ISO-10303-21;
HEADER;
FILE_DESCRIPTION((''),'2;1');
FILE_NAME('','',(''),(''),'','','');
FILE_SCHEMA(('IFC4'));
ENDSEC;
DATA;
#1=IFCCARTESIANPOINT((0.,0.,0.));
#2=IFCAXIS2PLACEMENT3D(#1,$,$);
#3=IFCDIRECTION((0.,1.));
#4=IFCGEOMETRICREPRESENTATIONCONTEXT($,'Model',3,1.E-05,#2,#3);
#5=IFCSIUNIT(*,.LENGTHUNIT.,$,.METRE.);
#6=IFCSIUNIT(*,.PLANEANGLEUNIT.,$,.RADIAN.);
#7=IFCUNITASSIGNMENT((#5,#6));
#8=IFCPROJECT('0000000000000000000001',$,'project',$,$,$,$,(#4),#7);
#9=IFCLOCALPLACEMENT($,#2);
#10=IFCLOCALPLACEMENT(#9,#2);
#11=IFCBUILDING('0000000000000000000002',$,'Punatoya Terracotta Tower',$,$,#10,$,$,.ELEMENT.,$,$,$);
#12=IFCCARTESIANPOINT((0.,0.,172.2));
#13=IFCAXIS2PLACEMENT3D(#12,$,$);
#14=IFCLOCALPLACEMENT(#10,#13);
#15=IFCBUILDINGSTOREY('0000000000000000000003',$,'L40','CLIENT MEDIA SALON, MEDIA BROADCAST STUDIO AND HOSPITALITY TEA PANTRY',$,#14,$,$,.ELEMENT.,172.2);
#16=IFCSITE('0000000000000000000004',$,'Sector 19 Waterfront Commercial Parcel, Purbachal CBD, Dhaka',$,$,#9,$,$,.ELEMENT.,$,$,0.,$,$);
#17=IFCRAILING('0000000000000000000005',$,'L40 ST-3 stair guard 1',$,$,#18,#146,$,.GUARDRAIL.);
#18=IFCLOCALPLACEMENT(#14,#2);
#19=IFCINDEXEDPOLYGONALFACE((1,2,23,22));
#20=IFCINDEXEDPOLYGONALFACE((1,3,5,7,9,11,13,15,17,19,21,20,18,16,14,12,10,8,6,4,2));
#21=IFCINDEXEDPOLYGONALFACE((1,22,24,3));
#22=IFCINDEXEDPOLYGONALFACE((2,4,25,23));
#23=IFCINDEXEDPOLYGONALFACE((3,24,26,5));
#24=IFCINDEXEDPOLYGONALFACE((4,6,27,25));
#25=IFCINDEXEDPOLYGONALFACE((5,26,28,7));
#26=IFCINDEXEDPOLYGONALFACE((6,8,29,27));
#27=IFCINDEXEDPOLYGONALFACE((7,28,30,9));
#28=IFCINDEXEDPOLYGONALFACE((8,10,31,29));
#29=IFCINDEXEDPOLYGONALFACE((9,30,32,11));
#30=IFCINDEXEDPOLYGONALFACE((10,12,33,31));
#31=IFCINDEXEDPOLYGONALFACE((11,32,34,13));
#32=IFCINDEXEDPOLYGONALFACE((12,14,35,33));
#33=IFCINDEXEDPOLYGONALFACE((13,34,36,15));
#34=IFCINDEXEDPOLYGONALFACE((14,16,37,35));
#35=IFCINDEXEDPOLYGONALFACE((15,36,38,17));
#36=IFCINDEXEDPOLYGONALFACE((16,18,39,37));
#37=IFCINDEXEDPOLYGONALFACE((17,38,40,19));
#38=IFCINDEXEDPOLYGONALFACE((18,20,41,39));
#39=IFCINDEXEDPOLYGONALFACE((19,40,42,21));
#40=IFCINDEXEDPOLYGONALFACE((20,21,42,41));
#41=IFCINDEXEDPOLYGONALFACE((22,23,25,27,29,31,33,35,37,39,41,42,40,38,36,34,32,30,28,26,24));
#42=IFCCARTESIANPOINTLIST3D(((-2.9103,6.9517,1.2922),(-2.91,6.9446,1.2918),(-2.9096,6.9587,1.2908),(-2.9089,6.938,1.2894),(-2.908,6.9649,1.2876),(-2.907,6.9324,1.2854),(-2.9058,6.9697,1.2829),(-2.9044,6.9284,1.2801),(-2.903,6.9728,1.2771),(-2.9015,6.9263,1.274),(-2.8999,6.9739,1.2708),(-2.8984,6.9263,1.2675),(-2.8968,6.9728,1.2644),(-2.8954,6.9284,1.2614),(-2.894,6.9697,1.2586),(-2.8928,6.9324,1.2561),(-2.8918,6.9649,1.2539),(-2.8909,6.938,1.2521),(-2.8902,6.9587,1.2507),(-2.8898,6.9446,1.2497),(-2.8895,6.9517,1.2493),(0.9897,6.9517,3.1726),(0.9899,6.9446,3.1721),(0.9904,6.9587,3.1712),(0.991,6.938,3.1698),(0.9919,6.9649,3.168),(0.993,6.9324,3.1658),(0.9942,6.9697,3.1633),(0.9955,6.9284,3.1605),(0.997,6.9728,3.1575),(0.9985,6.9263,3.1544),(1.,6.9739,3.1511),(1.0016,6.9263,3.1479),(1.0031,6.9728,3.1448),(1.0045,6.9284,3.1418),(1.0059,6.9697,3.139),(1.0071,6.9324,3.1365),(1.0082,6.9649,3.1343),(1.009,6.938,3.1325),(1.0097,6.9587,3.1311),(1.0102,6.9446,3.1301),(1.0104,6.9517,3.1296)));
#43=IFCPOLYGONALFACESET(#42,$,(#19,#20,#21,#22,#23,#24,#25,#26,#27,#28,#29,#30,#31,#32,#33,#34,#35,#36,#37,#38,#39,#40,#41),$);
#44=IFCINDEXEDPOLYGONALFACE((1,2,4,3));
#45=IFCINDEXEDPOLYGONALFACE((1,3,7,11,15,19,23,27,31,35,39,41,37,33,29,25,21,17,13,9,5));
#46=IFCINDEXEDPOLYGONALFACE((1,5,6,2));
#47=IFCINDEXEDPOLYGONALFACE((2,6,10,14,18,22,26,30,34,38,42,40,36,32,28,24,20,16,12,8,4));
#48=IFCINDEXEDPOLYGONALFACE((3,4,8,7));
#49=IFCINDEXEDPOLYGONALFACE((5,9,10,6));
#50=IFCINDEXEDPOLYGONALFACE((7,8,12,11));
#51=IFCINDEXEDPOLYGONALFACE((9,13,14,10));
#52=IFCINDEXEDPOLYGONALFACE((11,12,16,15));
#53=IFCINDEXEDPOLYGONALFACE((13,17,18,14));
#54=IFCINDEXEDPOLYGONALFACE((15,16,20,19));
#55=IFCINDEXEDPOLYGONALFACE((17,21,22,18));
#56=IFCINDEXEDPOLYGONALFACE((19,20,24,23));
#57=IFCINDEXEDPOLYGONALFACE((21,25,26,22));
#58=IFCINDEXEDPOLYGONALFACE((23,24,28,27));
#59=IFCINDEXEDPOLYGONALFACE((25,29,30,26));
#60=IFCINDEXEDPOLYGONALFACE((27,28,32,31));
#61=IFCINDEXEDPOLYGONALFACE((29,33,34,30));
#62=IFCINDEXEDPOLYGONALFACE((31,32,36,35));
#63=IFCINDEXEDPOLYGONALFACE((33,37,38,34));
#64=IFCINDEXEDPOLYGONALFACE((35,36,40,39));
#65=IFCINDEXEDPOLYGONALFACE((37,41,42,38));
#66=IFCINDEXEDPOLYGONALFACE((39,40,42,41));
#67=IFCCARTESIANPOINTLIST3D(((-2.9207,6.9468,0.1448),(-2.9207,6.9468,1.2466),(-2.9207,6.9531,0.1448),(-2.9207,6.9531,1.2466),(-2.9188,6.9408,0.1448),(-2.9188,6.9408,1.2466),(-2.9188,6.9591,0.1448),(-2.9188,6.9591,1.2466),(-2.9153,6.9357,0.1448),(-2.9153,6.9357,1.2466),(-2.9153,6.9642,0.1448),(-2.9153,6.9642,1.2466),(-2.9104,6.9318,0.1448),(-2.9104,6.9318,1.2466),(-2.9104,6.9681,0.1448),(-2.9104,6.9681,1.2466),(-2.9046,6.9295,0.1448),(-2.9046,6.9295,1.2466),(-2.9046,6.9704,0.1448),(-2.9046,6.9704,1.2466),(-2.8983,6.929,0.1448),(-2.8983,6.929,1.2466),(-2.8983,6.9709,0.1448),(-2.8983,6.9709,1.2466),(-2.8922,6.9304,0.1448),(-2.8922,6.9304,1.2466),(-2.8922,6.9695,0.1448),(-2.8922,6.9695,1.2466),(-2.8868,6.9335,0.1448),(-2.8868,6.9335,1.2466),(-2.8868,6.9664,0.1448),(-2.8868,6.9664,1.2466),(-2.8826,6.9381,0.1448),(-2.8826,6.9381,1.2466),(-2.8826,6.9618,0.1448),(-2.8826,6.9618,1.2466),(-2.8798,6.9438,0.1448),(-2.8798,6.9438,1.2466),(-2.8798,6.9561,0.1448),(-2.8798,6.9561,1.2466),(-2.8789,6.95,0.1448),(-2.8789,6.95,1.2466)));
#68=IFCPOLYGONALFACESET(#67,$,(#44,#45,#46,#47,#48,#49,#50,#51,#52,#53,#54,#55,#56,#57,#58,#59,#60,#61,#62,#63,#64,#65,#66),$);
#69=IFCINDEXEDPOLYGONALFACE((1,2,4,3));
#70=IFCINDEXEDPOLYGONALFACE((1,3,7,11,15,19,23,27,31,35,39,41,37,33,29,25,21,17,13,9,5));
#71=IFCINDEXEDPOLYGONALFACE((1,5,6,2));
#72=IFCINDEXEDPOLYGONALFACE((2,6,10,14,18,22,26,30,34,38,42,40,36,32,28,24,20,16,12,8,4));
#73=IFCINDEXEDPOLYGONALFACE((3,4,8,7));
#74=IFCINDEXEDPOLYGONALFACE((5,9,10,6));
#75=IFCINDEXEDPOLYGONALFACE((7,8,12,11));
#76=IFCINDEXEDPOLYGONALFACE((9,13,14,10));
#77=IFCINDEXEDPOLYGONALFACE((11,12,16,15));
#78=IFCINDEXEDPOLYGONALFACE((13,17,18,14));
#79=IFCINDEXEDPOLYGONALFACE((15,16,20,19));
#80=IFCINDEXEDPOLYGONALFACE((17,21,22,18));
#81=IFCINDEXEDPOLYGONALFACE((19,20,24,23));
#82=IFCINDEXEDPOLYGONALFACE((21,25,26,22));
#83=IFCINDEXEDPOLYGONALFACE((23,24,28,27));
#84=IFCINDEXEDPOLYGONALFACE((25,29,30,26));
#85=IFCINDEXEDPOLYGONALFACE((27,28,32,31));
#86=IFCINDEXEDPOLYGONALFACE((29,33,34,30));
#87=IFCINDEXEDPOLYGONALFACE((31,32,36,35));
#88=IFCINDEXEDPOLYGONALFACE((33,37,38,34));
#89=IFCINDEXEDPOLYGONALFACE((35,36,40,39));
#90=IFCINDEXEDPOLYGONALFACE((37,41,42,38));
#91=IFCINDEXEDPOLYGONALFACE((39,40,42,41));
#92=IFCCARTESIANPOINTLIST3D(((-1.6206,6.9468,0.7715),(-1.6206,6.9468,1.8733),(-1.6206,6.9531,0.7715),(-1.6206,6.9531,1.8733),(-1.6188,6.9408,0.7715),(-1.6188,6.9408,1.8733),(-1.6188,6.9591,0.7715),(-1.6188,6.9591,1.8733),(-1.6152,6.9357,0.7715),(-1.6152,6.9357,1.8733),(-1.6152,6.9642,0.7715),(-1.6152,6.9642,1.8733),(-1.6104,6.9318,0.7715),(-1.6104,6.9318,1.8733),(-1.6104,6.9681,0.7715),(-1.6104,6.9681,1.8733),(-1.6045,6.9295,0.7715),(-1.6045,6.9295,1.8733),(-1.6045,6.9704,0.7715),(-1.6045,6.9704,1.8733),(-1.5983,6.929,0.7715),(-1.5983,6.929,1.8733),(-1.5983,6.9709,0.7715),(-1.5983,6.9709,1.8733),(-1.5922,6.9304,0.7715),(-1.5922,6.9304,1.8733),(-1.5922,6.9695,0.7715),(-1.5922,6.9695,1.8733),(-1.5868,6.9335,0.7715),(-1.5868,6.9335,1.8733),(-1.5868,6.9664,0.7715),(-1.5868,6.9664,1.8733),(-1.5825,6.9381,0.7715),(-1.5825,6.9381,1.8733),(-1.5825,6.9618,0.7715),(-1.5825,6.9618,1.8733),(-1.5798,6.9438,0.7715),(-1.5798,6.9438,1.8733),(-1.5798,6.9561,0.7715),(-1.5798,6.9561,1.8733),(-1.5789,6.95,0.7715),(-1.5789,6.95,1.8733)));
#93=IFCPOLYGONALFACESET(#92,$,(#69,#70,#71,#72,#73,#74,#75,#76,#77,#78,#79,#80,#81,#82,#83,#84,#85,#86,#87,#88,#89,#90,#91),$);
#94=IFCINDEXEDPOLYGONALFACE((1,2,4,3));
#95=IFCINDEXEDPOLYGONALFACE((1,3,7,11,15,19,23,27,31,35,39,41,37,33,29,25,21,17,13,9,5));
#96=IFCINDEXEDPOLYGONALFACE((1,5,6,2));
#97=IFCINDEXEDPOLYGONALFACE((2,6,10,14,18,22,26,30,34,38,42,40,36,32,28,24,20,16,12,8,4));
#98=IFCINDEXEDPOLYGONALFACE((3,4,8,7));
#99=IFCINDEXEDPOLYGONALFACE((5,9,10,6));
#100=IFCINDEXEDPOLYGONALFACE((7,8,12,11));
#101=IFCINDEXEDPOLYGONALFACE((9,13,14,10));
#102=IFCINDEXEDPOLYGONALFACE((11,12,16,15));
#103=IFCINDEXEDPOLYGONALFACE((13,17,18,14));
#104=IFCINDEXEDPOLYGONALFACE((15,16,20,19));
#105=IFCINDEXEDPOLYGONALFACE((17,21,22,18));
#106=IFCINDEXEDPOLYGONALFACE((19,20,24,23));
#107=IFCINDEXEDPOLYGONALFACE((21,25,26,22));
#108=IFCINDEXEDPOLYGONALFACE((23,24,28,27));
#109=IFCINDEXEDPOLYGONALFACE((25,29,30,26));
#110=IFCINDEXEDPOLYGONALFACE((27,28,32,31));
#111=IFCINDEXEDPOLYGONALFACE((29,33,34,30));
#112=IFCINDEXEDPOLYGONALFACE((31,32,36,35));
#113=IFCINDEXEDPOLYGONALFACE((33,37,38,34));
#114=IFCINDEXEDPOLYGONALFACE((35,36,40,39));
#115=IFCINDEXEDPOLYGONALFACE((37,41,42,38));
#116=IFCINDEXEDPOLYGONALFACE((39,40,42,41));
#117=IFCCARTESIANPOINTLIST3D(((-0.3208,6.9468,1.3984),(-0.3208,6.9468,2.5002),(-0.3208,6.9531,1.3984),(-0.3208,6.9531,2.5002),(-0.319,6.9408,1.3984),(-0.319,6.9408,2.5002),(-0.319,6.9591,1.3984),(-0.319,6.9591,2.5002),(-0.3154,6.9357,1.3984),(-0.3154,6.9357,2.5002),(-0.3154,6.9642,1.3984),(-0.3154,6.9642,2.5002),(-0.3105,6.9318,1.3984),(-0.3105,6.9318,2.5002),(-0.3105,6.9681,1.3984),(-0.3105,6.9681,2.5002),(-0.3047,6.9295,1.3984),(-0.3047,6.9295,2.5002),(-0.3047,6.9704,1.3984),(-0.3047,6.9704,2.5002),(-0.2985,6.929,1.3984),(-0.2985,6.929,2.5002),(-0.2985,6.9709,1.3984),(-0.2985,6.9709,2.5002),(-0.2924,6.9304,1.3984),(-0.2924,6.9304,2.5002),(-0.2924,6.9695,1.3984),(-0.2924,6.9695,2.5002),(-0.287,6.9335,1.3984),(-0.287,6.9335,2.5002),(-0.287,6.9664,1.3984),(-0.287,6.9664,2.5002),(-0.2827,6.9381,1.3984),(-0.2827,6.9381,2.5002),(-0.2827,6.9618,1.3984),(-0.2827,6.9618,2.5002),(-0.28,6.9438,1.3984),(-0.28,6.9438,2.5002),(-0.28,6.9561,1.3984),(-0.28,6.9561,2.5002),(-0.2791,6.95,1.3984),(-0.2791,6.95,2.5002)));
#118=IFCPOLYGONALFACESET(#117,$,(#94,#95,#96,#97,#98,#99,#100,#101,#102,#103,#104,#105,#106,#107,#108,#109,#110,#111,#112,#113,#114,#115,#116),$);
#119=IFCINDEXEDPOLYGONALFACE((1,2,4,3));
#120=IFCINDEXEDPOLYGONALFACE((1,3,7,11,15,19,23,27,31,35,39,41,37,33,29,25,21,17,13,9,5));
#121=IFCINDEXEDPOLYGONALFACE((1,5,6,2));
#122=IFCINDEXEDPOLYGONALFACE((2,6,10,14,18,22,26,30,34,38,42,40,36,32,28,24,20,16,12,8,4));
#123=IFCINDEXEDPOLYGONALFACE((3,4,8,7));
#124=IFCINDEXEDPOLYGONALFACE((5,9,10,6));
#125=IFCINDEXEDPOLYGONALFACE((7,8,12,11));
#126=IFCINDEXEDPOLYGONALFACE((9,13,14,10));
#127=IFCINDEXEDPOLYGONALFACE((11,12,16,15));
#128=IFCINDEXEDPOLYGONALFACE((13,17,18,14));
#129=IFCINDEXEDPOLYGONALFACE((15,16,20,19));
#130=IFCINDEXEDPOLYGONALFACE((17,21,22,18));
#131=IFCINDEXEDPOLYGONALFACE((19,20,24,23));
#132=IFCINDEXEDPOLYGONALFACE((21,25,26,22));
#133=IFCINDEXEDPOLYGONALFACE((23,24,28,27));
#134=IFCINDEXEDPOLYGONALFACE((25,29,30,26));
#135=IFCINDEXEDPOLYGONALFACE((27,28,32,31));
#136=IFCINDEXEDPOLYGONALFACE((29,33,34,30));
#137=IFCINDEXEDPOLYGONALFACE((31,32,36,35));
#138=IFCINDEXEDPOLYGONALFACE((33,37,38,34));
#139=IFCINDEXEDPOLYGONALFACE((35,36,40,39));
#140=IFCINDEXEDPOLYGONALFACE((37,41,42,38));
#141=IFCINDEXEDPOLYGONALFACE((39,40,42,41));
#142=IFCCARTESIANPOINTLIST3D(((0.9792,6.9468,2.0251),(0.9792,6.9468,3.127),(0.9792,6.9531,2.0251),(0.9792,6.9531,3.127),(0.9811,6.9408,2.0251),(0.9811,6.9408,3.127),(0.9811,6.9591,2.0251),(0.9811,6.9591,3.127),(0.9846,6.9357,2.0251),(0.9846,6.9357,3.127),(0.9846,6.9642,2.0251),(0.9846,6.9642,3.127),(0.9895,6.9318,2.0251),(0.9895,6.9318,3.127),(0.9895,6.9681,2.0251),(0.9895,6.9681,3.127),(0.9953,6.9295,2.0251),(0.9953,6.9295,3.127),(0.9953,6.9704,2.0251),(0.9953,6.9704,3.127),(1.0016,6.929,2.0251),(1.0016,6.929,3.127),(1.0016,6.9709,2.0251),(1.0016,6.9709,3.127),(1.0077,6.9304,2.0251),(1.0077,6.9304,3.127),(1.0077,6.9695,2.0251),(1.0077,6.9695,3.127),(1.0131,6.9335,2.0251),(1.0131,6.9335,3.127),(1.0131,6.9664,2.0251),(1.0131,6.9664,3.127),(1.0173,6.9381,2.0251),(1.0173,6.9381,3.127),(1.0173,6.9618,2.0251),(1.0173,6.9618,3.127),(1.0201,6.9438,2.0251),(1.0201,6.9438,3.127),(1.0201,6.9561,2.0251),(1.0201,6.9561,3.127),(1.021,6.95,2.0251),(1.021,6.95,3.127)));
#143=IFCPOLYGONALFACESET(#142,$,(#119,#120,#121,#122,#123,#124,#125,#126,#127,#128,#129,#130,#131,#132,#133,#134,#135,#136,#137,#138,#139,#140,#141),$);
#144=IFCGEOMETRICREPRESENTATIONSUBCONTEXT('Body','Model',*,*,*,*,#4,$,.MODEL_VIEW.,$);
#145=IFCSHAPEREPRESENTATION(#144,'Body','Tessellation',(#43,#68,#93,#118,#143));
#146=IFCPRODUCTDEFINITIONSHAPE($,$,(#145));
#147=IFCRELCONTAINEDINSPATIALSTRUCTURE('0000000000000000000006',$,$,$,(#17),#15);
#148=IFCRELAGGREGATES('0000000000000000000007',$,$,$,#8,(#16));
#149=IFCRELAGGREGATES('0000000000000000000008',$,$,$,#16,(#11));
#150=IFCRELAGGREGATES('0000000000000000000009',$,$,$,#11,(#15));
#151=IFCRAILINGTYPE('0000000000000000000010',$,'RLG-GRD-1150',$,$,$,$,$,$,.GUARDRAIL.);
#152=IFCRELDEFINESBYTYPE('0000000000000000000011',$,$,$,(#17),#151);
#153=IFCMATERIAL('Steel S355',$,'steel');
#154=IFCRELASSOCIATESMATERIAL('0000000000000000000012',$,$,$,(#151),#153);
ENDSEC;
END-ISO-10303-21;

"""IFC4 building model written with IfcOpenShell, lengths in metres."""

from ifc_helpers import new_model, si_unit, direction, frame, origin, origin_2d, place, context, subcontext, project, spatial, circle, extrude, material, type_object, element, save


model = new_model("IFC4")

# Units and contexts
model_context = context("Model", 3, precision=1e-05, world=origin(), true_north=direction((0.0, 1.0)))
body_context = subcontext(model_context, "Body", "Model", "MODEL_VIEW")
ifc_project = project(units=[si_unit("LENGTHUNIT", "METRE"), si_unit("PLANEANGLEUNIT", "RADIAN")], contexts=[model_context])

# Site, building, storey
site_placement = place(None, origin())
site = spatial("IfcSite", under=ifc_project, at=site_placement, Name="Sector 19 Waterfront Commercial Parcel, Purbachal CBD, Dhaka", CompositionType="ELEMENT", RefElevation=0.0)
building_placement = place(site_placement, origin())
building = spatial("IfcBuilding", under=site, at=building_placement, Name="Punatoya Terracotta Tower", CompositionType="ELEMENT")
storey_placement = place(building_placement, frame((0.0, 0.0, 172.2)))
storey = spatial("IfcBuildingStorey", under=building, at=storey_placement, Name="L40", Description="CLIENT MEDIA SALON, MEDIA BROADCAST STUDIO AND HOSPITALITY TEA PANTRY", CompositionType="ELEMENT", Elevation=172.2)

# Shared definitions
ifc_material_1 = material(Name="Steel S355", Category="steel")

# Railing
railing_type = type_object("IfcRailingType", Name="RLG-GRD-1150", PredefinedType="GUARDRAIL", material=ifc_material_1)
railing_1_placement = place(storey_placement, frame((-2.8999, 6.95, 0.1448)))
element("IfcRailing", 1, at=railing_1_placement, inside=storey, type_object=railing_type, Name="L40 ST-3 stair guard 1", PredefinedType="GUARDRAIL", context=body_context, shape_type="SweptSolid", body=[
    extrude(circle(Radius=0.0239, at=origin_2d()), frame((0.0, 0.0, 1.126), z_axis=(0.900763, 0.0, 0.434311), x_axis=(0.0, 1.0, 0.0)), (0.0, 0.0, 1.0), 4.3296),
    extrude(circle(Radius=0.021, at=origin_2d()), origin(), (0.0, 0.0, 1.0), 1.1018),
    extrude(circle(Radius=0.021, at=origin_2d()), frame((1.3, 0.0, 0.6267)), (0.0, 0.0, 1.0), 1.1018),
    extrude(circle(Radius=0.021, at=origin_2d()), frame((2.5999, 0.0, 1.2537)), (0.0, 0.0, 1.0), 1.1018),
    extrude(circle(Radius=0.021, at=origin_2d()), frame((3.8999, 0.0, 1.8804)), (0.0, 0.0, 1.0), 1.1018),
])

save(model, "model.ifc")
